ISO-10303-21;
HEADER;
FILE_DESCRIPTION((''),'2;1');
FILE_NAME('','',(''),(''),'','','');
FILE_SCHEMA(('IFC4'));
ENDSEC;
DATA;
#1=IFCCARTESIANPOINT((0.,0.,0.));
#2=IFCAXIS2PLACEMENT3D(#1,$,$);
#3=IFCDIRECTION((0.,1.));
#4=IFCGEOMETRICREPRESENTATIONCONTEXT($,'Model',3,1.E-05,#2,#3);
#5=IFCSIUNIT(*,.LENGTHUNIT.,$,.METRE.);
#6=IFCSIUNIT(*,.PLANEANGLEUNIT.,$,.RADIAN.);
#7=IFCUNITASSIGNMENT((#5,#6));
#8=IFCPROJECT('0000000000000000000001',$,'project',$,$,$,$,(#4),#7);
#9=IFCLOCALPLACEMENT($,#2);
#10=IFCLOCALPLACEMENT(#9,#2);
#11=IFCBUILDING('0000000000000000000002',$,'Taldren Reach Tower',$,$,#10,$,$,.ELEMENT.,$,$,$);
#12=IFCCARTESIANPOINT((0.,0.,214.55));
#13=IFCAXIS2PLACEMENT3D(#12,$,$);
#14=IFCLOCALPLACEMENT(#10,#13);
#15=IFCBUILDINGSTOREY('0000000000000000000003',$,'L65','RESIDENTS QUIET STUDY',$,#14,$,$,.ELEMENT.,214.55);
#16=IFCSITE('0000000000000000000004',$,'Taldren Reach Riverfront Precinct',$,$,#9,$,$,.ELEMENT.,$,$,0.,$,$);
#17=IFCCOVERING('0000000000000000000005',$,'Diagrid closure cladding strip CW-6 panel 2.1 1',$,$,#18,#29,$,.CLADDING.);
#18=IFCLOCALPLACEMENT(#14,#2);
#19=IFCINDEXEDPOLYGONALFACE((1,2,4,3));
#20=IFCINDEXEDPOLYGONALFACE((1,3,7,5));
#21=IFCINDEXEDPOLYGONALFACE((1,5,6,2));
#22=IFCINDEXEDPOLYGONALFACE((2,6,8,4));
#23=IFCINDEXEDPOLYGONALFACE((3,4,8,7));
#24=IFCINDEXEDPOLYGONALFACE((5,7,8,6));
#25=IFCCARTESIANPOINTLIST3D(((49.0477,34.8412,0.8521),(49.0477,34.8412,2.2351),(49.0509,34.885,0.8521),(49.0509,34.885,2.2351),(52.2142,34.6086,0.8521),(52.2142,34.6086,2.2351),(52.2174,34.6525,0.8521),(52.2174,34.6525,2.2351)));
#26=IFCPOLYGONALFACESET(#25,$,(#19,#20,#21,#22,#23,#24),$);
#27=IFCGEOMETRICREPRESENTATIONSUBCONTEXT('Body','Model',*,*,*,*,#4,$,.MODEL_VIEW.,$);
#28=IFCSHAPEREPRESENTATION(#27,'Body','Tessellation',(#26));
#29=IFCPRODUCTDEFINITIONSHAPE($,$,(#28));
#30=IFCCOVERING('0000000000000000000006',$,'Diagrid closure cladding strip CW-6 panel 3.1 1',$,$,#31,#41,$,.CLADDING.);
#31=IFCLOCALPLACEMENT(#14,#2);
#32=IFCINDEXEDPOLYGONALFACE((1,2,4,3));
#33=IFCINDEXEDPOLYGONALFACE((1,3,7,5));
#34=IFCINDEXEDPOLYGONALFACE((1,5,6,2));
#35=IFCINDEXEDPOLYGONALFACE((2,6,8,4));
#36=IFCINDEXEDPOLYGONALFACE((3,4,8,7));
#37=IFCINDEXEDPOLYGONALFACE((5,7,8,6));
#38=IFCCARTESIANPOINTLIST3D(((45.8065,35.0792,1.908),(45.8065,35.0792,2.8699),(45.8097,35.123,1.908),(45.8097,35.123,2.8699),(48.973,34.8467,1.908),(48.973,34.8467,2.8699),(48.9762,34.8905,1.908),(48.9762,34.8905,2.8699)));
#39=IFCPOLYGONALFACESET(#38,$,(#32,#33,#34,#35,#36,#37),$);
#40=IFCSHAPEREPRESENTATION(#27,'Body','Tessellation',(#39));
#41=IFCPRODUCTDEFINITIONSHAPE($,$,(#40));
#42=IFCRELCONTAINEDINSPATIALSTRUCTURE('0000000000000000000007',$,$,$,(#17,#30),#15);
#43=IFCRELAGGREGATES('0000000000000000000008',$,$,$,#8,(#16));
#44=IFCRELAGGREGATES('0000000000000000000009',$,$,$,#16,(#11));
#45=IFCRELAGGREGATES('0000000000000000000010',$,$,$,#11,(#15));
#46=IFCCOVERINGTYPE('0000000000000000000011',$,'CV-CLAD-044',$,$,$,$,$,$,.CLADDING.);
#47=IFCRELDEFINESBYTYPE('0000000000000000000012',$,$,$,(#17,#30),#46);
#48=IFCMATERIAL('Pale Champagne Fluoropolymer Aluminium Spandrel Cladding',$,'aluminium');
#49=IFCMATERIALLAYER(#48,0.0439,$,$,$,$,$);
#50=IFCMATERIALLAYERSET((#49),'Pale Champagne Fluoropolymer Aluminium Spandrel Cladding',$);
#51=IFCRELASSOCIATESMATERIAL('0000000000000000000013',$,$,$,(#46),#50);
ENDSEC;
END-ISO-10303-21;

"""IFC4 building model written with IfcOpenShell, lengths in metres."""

from ifc_helpers import new_model, si_unit, direction, frame, origin, origin_2d, place, context, subcontext, project, spatial, rectangle, extrude, source, transform, mapped, material, layer, layer_set, type_object, element, save


model = new_model("IFC4")

# Units and contexts
model_context = context("Model", 3, precision=1e-05, world=origin(), true_north=direction((0.0, 1.0)))
body_context = subcontext(model_context, "Body", "Model", "MODEL_VIEW")
ifc_project = project(units=[si_unit("LENGTHUNIT", "METRE"), si_unit("PLANEANGLEUNIT", "RADIAN")], contexts=[model_context])

# Site, building, storey
site_placement = place(None, origin())
site = spatial("IfcSite", under=ifc_project, at=site_placement, Name="Taldren Reach Riverfront Precinct", CompositionType="ELEMENT", RefElevation=0.0)
building_placement = place(site_placement, origin())
building = spatial("IfcBuilding", under=site, at=building_placement, Name="Taldren Reach Tower", CompositionType="ELEMENT")
storey_placement = place(building_placement, frame((0.0, 0.0, 214.55)))
storey = spatial("IfcBuildingStorey", under=building, at=storey_placement, Name="L65", Description="RESIDENTS QUIET STUDY", CompositionType="ELEMENT", Elevation=214.55)

# Coverings
ifc_material_1 = material(Name="Pale Champagne Fluoropolymer Aluminium Spandrel Cladding", Category="aluminium")
ifc_layer_1 = layer(ifc_material_1, 0.0439)
ifc_layer_set_1 = layer_set([ifc_layer_1], Name="Pale Champagne Fluoropolymer Aluminium Spandrel Cladding")
covering_type = type_object("IfcCoveringType", Name="CV-CLAD-044", PredefinedType="CLADDING", material=ifc_layer_set_1)
shared_shape_1 = source(origin(), body_context, "Body", "SweptSolid", [
    extrude(rectangle(XDim=3.175, YDim=0.0439, at=origin_2d()), origin(), (0.0, 0.0, 1.0), 1.3831),
])
covering_1_placement = place(storey_placement, frame((50.6326, 34.7468, 0.8521), z_axis=(0.0, 0.0, 1.0), x_axis=(-0.997314, 0.073238, 0.0)))
element("IfcCovering", 1, at=covering_1_placement, inside=storey, type_object=covering_type, Name="Diagrid closure cladding strip CW-6 panel 2.1 1", PredefinedType="CLADDING", context=body_context, shape_type="MappedRepresentation", body=[
    mapped(shared_shape_1, transform((0.0, 0.0, 0.0), scale=1.0)),
])
shared_shape_2 = source(origin(), body_context, "Body", "SweptSolid", [
    extrude(rectangle(XDim=3.175, YDim=0.0439, at=origin_2d()), origin(), (0.0, 0.0, 1.0), 0.9619),
])
covering_2_placement = place(storey_placement, frame((47.3914, 34.9849, 1.908), z_axis=(0.0, 0.0, 1.0), x_axis=(-0.997314, 0.073238, 0.0)))
element("IfcCovering", 2, at=covering_2_placement, inside=storey, type_object=covering_type, Name="Diagrid closure cladding strip CW-6 panel 3.1 1", PredefinedType="CLADDING", context=body_context, shape_type="MappedRepresentation", body=[
    mapped(shared_shape_2, transform((0.0, 0.0, 0.0), scale=1.0)),
])

save(model, "model.ifc")
